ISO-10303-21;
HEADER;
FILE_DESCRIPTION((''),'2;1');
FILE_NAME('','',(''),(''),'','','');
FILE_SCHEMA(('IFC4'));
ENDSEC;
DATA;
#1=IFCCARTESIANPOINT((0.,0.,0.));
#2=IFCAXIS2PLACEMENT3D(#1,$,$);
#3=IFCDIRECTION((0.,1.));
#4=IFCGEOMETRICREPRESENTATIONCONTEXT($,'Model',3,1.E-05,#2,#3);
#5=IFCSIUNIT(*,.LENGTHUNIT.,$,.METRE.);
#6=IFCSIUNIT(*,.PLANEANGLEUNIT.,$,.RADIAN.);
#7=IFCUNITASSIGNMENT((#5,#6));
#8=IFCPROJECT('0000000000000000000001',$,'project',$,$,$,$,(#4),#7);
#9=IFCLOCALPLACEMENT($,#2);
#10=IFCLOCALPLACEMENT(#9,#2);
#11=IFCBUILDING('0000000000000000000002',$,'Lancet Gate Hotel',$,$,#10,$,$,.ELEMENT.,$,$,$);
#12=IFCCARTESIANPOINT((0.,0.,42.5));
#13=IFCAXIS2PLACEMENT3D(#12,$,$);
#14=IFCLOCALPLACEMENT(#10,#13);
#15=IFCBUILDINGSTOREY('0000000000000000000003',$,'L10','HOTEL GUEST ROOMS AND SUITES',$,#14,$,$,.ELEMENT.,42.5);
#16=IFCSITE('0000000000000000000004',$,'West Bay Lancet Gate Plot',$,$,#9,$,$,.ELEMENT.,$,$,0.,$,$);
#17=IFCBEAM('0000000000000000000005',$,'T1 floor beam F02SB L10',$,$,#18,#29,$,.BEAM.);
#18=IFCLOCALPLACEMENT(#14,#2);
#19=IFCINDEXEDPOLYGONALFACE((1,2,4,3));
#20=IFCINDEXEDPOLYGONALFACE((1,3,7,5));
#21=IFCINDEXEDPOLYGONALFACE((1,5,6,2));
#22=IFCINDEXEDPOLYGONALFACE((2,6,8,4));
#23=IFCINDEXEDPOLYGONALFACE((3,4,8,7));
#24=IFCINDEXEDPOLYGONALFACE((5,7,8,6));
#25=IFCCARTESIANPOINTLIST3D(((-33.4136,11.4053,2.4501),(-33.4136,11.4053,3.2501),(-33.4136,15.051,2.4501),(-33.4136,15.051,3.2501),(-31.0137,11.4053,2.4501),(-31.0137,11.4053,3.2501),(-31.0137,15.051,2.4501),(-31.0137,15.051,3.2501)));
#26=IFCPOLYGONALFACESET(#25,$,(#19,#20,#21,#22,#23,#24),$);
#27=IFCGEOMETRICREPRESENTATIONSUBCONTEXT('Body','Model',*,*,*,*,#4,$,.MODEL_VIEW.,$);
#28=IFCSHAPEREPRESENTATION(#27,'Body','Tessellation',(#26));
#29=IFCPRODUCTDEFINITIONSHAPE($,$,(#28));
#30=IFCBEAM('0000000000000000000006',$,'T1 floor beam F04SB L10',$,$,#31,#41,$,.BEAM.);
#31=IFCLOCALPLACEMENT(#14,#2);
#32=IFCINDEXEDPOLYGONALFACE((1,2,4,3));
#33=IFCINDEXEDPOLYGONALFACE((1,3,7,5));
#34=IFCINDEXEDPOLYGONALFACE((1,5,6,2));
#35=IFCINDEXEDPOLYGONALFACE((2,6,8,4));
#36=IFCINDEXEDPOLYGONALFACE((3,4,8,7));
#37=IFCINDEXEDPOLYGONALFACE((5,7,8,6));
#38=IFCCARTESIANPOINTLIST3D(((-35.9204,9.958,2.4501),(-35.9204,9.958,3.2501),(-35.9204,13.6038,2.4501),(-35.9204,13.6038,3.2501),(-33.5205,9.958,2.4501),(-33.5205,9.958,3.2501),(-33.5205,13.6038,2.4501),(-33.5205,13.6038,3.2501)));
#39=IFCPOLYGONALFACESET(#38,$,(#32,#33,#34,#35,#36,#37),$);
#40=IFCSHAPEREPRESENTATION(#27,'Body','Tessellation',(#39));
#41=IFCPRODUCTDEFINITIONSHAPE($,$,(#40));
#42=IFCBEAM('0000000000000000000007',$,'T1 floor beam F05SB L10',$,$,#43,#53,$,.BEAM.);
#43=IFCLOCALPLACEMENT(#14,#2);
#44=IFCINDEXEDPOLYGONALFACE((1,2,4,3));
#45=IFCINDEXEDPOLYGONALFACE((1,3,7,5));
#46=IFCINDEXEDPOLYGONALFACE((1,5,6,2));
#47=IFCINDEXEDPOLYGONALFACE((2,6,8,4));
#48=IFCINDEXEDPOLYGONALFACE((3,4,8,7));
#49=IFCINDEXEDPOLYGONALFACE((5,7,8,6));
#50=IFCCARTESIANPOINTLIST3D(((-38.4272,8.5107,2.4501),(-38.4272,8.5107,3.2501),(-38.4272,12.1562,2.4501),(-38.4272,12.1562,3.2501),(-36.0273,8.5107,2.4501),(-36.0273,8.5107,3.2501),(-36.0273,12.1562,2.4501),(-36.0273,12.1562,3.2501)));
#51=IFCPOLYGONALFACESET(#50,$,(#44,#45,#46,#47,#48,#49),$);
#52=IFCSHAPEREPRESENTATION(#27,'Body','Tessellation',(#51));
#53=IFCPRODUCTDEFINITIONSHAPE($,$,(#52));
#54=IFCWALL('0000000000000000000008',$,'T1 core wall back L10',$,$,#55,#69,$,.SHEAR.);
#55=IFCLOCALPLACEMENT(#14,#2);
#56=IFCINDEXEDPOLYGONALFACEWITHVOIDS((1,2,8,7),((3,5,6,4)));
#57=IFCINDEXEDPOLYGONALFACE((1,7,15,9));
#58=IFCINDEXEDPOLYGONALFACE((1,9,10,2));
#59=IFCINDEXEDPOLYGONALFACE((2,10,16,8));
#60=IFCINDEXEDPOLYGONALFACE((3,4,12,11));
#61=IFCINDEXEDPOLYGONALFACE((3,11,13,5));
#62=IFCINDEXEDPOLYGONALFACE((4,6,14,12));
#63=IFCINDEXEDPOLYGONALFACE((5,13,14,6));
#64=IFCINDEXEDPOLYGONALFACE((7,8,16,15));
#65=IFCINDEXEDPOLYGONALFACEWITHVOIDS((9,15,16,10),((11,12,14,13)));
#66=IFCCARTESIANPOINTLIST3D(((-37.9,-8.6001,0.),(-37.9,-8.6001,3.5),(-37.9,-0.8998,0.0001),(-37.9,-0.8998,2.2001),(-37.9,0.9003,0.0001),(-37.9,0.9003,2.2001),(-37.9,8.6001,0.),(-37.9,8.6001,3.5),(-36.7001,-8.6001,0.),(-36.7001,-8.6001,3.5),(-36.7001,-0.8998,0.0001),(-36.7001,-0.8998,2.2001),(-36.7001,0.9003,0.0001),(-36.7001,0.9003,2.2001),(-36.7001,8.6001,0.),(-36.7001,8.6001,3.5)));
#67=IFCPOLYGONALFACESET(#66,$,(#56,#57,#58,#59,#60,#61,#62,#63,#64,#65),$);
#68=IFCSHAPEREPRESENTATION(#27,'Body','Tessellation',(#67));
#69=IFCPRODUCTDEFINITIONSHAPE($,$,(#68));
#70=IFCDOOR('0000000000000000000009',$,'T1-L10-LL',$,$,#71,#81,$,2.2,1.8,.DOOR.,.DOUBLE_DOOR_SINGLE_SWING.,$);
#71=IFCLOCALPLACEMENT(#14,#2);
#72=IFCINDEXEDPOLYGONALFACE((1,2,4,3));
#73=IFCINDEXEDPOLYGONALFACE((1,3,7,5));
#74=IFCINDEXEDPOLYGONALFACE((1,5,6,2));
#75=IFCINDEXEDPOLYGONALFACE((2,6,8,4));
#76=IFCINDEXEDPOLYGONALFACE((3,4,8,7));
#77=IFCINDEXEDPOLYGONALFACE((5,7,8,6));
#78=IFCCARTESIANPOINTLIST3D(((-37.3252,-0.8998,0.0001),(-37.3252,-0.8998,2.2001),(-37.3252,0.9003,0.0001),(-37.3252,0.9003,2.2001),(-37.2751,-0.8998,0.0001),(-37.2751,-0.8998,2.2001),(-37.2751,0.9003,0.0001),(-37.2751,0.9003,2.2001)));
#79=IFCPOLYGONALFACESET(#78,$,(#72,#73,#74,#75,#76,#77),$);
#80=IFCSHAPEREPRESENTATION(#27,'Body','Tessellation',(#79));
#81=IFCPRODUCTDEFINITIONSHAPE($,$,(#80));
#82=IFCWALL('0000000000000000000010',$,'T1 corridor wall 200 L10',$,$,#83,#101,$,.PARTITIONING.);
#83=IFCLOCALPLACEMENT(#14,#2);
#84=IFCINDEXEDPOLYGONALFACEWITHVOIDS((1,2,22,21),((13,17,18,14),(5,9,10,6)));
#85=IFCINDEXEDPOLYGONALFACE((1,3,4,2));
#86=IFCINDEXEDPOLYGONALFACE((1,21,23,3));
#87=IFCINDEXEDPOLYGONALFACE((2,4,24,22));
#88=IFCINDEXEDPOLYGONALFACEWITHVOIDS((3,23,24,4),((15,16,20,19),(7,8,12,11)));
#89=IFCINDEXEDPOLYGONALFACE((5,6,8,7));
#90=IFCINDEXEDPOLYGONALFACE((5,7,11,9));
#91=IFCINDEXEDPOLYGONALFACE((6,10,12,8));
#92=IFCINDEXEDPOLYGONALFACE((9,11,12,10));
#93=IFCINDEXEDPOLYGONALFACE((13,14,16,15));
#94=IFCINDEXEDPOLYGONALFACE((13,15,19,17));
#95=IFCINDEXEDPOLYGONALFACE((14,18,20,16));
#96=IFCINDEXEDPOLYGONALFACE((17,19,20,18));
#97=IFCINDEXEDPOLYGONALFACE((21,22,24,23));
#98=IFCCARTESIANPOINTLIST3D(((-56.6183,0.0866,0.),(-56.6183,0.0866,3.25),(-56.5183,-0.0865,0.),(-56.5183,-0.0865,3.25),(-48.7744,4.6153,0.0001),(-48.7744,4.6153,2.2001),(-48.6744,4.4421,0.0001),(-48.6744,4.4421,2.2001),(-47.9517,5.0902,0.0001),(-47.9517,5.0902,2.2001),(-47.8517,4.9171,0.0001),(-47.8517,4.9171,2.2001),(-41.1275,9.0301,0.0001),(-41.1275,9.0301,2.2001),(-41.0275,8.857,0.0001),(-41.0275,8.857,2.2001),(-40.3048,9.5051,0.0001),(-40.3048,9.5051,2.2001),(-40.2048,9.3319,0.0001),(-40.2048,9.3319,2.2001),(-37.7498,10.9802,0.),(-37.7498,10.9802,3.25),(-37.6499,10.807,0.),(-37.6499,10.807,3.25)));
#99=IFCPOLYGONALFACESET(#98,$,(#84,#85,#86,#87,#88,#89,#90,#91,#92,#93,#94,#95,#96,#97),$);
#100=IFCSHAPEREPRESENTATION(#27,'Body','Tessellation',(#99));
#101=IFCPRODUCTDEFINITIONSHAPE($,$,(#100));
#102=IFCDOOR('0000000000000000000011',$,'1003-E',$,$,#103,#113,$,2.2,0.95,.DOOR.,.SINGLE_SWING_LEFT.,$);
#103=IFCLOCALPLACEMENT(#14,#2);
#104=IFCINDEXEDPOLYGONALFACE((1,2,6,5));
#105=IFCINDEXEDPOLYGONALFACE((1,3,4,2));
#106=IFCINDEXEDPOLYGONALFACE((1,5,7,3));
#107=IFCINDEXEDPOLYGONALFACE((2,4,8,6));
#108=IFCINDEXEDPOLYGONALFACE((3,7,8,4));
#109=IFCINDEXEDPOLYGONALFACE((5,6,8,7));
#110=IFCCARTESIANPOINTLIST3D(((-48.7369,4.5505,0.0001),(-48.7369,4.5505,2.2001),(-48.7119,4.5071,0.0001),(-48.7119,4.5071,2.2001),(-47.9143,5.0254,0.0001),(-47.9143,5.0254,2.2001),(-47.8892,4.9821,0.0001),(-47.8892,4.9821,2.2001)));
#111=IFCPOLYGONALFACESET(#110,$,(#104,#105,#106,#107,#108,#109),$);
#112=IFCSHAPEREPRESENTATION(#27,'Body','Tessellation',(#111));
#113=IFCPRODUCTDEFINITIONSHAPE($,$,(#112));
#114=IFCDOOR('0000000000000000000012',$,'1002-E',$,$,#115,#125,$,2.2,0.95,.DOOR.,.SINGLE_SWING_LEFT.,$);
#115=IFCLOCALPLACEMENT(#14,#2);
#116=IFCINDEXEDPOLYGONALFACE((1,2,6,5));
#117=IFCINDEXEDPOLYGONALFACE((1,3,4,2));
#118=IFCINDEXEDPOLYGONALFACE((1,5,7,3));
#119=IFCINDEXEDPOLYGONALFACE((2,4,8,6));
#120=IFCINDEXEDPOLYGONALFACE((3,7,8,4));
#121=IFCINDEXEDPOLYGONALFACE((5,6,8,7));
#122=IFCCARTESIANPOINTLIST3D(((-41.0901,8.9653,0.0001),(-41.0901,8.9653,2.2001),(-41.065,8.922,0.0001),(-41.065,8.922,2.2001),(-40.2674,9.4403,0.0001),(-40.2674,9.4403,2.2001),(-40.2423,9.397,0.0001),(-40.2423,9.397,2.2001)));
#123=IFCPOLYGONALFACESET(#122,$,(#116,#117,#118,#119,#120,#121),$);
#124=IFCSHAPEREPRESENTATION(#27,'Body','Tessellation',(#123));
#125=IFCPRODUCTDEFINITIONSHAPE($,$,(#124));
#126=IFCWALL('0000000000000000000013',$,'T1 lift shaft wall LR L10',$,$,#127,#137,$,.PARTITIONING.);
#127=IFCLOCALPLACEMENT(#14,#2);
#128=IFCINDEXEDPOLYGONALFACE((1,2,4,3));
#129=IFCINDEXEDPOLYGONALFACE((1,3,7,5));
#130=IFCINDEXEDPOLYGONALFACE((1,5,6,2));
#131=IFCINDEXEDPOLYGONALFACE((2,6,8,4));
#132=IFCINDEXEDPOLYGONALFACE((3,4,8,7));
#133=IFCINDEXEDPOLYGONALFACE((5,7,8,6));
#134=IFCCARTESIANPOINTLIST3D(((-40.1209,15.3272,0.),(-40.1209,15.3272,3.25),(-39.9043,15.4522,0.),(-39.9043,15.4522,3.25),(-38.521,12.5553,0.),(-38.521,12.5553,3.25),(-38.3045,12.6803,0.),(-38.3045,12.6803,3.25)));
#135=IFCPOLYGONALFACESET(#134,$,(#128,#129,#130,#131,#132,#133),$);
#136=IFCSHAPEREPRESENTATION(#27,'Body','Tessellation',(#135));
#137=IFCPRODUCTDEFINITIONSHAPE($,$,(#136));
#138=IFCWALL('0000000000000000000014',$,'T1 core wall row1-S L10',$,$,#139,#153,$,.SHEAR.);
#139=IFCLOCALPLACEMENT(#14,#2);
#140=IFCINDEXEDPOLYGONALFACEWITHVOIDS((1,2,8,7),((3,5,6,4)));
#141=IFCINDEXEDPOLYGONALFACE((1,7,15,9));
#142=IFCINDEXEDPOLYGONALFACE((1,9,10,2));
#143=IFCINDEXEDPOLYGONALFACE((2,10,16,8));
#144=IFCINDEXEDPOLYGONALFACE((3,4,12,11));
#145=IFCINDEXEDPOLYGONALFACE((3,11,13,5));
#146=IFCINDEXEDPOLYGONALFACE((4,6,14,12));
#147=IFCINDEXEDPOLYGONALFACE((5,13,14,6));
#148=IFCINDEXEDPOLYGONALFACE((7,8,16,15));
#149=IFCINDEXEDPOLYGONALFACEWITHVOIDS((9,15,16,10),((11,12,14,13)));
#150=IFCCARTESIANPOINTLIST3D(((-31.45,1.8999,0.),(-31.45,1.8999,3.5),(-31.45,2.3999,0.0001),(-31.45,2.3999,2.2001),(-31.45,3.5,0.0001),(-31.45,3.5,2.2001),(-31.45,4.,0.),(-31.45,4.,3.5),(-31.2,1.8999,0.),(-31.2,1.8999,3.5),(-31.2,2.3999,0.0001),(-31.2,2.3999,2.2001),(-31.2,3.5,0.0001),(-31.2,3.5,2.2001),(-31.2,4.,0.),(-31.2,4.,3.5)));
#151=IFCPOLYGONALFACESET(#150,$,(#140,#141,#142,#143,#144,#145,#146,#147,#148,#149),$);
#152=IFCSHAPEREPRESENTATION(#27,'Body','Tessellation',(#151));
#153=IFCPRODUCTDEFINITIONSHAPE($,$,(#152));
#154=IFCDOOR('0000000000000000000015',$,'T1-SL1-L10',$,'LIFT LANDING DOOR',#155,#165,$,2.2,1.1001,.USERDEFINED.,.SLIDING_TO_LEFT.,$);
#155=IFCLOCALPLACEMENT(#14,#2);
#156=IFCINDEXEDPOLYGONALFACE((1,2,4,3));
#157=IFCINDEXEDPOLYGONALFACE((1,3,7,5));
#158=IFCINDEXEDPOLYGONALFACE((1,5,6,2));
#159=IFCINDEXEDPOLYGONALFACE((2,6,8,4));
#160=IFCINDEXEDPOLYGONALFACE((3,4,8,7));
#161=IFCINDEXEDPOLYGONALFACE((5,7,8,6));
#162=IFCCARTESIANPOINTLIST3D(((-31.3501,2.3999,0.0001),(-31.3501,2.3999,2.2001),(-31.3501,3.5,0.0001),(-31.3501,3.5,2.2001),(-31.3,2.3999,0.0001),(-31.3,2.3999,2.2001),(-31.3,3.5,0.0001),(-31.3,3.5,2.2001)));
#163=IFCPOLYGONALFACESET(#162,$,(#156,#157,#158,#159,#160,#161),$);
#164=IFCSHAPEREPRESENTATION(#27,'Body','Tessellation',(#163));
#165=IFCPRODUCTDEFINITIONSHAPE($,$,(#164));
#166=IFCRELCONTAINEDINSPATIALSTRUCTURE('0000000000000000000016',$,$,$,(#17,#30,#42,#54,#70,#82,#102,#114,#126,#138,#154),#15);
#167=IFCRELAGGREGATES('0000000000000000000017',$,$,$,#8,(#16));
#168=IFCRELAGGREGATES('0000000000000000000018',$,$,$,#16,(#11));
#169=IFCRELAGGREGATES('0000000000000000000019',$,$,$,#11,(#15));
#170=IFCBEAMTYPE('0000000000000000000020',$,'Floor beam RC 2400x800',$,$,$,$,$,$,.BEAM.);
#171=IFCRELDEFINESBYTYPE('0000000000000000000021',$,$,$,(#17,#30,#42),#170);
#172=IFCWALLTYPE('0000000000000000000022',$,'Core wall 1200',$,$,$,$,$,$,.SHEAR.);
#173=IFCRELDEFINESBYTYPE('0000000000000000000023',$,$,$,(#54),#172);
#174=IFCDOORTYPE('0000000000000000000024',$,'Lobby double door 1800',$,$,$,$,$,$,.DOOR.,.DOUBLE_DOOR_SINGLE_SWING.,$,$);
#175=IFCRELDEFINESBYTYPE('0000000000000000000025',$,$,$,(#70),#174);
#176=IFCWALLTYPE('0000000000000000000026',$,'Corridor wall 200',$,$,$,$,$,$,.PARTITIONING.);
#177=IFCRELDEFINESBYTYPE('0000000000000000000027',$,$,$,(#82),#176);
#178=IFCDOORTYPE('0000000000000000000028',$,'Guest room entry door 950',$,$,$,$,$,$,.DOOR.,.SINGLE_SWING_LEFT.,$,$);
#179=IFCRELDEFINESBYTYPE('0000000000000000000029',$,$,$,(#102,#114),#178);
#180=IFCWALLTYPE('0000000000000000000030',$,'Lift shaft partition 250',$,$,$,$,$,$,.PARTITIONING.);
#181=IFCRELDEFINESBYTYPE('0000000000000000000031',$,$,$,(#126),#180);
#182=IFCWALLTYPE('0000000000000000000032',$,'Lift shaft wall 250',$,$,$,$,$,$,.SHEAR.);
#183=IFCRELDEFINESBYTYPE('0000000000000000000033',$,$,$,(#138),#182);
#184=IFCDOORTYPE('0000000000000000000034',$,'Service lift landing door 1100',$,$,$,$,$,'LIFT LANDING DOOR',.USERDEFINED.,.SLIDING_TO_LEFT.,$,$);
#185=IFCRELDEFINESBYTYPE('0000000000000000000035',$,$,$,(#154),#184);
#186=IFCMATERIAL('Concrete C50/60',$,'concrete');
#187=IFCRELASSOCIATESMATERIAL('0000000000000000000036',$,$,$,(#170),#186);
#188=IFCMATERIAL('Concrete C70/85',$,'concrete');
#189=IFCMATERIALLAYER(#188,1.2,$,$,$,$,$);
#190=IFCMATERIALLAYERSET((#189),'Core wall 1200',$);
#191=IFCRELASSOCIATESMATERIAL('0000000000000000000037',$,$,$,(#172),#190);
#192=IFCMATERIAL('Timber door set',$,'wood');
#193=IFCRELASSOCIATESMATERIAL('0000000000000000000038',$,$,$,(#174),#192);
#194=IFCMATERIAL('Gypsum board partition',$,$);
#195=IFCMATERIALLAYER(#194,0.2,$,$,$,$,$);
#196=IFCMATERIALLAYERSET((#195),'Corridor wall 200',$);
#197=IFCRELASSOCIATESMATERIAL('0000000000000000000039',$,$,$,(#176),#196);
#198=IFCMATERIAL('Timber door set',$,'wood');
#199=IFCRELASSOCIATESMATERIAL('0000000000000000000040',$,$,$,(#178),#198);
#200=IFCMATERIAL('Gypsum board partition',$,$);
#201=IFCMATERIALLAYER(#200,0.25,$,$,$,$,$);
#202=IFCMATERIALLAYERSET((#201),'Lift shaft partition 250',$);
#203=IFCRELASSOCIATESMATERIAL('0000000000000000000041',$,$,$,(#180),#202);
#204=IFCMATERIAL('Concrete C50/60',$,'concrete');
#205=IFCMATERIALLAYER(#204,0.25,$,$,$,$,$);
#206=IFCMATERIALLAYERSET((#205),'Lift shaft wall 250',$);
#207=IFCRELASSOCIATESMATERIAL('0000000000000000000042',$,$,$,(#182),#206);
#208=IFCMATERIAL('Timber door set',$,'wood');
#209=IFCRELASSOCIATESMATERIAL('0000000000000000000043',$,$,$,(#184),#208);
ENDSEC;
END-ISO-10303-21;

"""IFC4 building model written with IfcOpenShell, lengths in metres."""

from ifc_helpers import new_model, si_unit, direction, frame, frame_2d, origin, origin_2d, place, context, subcontext, project, spatial, rectangle, extrude, material, layer, layer_set, material_profile, profile_set, type_object, element, fill, save


model = new_model("IFC4")

# Units and contexts
model_context = context("Model", 3, precision=1e-05, world=origin(), true_north=direction((0.0, 1.0)))
body_context = subcontext(model_context, "Body", "Model", "MODEL_VIEW")
ifc_project = project(units=[si_unit("LENGTHUNIT", "METRE"), si_unit("PLANEANGLEUNIT", "RADIAN")], contexts=[model_context])

# Site, building, storey
site_placement = place(None, origin())
site = spatial("IfcSite", under=ifc_project, at=site_placement, Name="West Bay Lancet Gate Plot", CompositionType="ELEMENT", RefElevation=0.0)
building_placement = place(site_placement, origin())
building = spatial("IfcBuilding", under=site, at=building_placement, Name="Lancet Gate Hotel", CompositionType="ELEMENT")
storey_placement = place(building_placement, frame((0.0, 0.0, 42.5)))
storey = spatial("IfcBuildingStorey", under=building, at=storey_placement, Name="L10", Description="HOTEL GUEST ROOMS AND SUITES", CompositionType="ELEMENT", Elevation=42.5)

# Beams
ifc_material_1 = material(Name="Concrete C50/60", Category="concrete")
ifc_material_profile = material_profile(ifc_material_1, rectangle(XDim=2.3999, YDim=0.8, at=origin_2d()), Name="RC 2400x800")
ifc_profile_set = profile_set([ifc_material_profile], Name="Concrete C50/60")
beam_type = type_object("IfcBeamType", Name="Floor beam RC 2400x800", PredefinedType="BEAM", material=ifc_profile_set)
for number, where, z_axis, x_axis, name in (
    (1, (-32.2136, 15.051, 2.8501), (0.0, -1.0, 0.0), (1.0, 0.0, 0.0), "T1 floor beam F02SB L10"),
    (2, (-34.7205, 13.6038, 2.8501), (0.0, -1.0, 0.0), (1.0, 0.0, 0.0), "T1 floor beam F04SB L10"),
):
    element("IfcBeam", number, at=place(storey_placement, frame(where, z_axis=z_axis, x_axis=x_axis)), inside=storey, type_object=beam_type, Name=name, PredefinedType="BEAM", context=body_context, shape_type="SweptSolid", body=[
        extrude(rectangle(XDim=2.3999, YDim=0.8, at=origin_2d()), origin(), (0.0, 0.0, 1.0), 3.6458),
    ])
beam_placement = place(storey_placement, frame((-37.2273, 12.1562, 2.8501), z_axis=(0.0, -1.0, 0.0), x_axis=(1.0, 0.0, 0.0)))
element("IfcBeam", 3, at=beam_placement, inside=storey, type_object=beam_type, Name="T1 floor beam F05SB L10", PredefinedType="BEAM", context=body_context, shape_type="SweptSolid", body=[
    extrude(rectangle(XDim=2.3999, YDim=0.8, at=origin_2d()), origin(), (0.0, 0.0, 1.0), 3.6455),
])

# Wall, opening, door
ifc_material_2 = material(Name="Concrete C70/85", Category="concrete")
ifc_layer_1 = layer(ifc_material_2, 1.2)
ifc_layer_set_1 = layer_set([ifc_layer_1], Name="Core wall 1200")
wall_type_1 = type_object("IfcWallType", Name="Core wall 1200", PredefinedType="SHEAR", material=ifc_layer_set_1)
wall_1_placement = place(storey_placement, frame((-37.3, 8.6001, 0.0), z_axis=(0.0, 0.0, 1.0), x_axis=(0.0, -1.0, 0.0)))
wall_1 = element("IfcWall", 4, at=wall_1_placement, inside=storey, type_object=wall_type_1, Name="T1 core wall back L10", PredefinedType="SHEAR", context=body_context, shape_type="SweptSolid", body=[
    extrude(rectangle(XDim=17.2002, YDim=1.2, at=frame_2d((8.6001, 0.0))), origin(), (0.0, 0.0, 1.0), 3.5),
])
opening_1_placement = place(wall_1_placement, frame((7.7, 0.0, 0.0)))
opening_1 = element("IfcOpeningElement", 5, at=opening_1_placement, cuts=wall_1, PredefinedType="OPENING", context=body_context, shape_type="SweptSolid", body=[
    extrude(rectangle(XDim=1.8, YDim=2.2, at=frame_2d((0.8999, 1.1001))), frame((0.0, 0.6099, 0.0), z_axis=(0.0, -1.0, 0.0), x_axis=(1.0, 0.0, 0.0)), (0.0, 0.0, 1.0), 1.22),
])
ifc_material_3 = material(Name="Timber door set", Category="wood")
door_type_1 = type_object("IfcDoorType", Name="Lobby double door 1800", OperationType="DOUBLE_DOOR_SINGLE_SWING", PredefinedType="DOOR", material=ifc_material_3)
door_1_placement = place(opening_1_placement, origin())
door_1 = element("IfcDoor", 6, at=door_1_placement, inside=storey, type_object=door_type_1, Name="T1-L10-LL", OperationType="DOUBLE_DOOR_SINGLE_SWING", OverallHeight=2.2, OverallWidth=1.8, PredefinedType="DOOR", context=body_context, shape_type="SweptSolid", body=[
    extrude(rectangle(XDim=1.8, YDim=2.2, at=frame_2d((0.8999, 1.1001))), frame((0.0, 0.0249, 0.0), z_axis=(0.0, -1.0, 0.0), x_axis=(1.0, 0.0, 0.0)), (0.0, 0.0, 1.0), 0.05),
])
fill(opening_1, door_1)

# Wall, openings, doors
ifc_material_4 = material(Name="Gypsum board partition")
ifc_layer_2 = layer(ifc_material_4, 0.2)
ifc_layer_set_2 = layer_set([ifc_layer_2], Name="Corridor wall 200")
wall_type_2 = type_object("IfcWallType", Name="Corridor wall 200", PredefinedType="PARTITIONING", material=ifc_layer_set_2)
wall_2_placement = place(storey_placement, frame((-37.7, 10.8936, 0.0), z_axis=(0.0, 0.0, 1.0), x_axis=(-0.866028, -0.499996, 0.0)))
wall_2 = element("IfcWall", 7, at=wall_2_placement, inside=storey, type_object=wall_type_2, Name="T1 corridor wall 200 L10", PredefinedType="PARTITIONING", context=body_context, shape_type="SweptSolid", body=[
    extrude(rectangle(XDim=21.7874, YDim=0.2, at=frame_2d((10.8936, 0.0))), origin(), (0.0, 0.0, 1.0), 3.25),
])
opening_2_placement = place(wall_2_placement, frame((11.7798, 0.0, 0.0)))
opening_2 = element("IfcOpeningElement", 8, at=opening_2_placement, cuts=wall_2, PredefinedType="OPENING", context=body_context, shape_type="SweptSolid", body=[
    extrude(rectangle(XDim=0.95, YDim=2.2, at=frame_2d((0.4751, 1.1001))), frame((0.0, 0.1099, 0.0), z_axis=(0.0, -1.0, 0.0), x_axis=(1.0, 0.0, 0.0)), (0.0, 0.0, 1.0), 0.22),
])
opening_3_placement = place(wall_2_placement, frame((2.95, 0.0, 0.0)))
opening_3 = element("IfcOpeningElement", 9, at=opening_3_placement, cuts=wall_2, PredefinedType="OPENING", context=body_context, shape_type="SweptSolid", body=[
    extrude(rectangle(XDim=0.95, YDim=2.2, at=frame_2d((0.4751, 1.1001))), frame((0.0, 0.1099, 0.0), z_axis=(0.0, -1.0, 0.0), x_axis=(1.0, 0.0, 0.0)), (0.0, 0.0, 1.0), 0.22),
])
ifc_material_5 = material(Name="Timber door set", Category="wood")
door_type_2 = type_object("IfcDoorType", Name="Guest room entry door 950", OperationType="SINGLE_SWING_LEFT", PredefinedType="DOOR", material=ifc_material_5)
door_2_placement = place(opening_2_placement, origin())
door_2 = element("IfcDoor", 10, at=door_2_placement, inside=storey, type_object=door_type_2, Name="1003-E", OperationType="SINGLE_SWING_LEFT", OverallHeight=2.2, OverallWidth=0.95, PredefinedType="DOOR", context=body_context, shape_type="SweptSolid", body=[
    extrude(rectangle(XDim=0.95, YDim=2.2, at=frame_2d((0.4751, 1.1001))), frame((0.0, 0.0249, 0.0), z_axis=(0.0, -1.0, 0.0), x_axis=(1.0, 0.0, 0.0)), (0.0, 0.0, 1.0), 0.05),
])
fill(opening_2, door_2)
door_3_placement = place(opening_3_placement, origin())
door_3 = element("IfcDoor", 11, at=door_3_placement, inside=storey, type_object=door_type_2, Name="1002-E", OperationType="SINGLE_SWING_LEFT", OverallHeight=2.2, OverallWidth=0.95, PredefinedType="DOOR", context=body_context, shape_type="SweptSolid", body=[
    extrude(rectangle(XDim=0.95, YDim=2.2, at=frame_2d((0.4751, 1.1001))), frame((0.0, 0.0249, 0.0), z_axis=(0.0, -1.0, 0.0), x_axis=(1.0, 0.0, 0.0)), (0.0, 0.0, 1.0), 0.05),
])
fill(opening_3, door_3)

# Wall
ifc_material_6 = material(Name="Gypsum board partition")
ifc_layer_3 = layer(ifc_material_6, 0.25)
ifc_layer_set_3 = layer_set([ifc_layer_3], Name="Lift shaft partition 250")
wall_type_3 = type_object("IfcWallType", Name="Lift shaft partition 250", PredefinedType="PARTITIONING", material=ifc_layer_set_3)
wall_3_placement = place(storey_placement, frame((-38.4128, 12.6179, 0.0), z_axis=(0.0, 0.0, 1.0), x_axis=(-0.499872, 0.866099, 0.0)))
element("IfcWall", 12, at=wall_3_placement, inside=storey, type_object=wall_type_3, Name="T1 lift shaft wall LR L10", PredefinedType="PARTITIONING", context=body_context, shape_type="SweptSolid", body=[
    extrude(rectangle(XDim=3.2004, YDim=0.25, at=frame_2d((1.6001, 0.0))), origin(), (0.0, 0.0, 1.0), 3.25),
])

# Wall, opening, door
ifc_material_7 = material(Name="Concrete C50/60", Category="concrete")
ifc_layer_4 = layer(ifc_material_7, 0.25)
ifc_layer_set_4 = layer_set([ifc_layer_4], Name="Lift shaft wall 250")
wall_type_4 = type_object("IfcWallType", Name="Lift shaft wall 250", PredefinedType="SHEAR", material=ifc_layer_set_4)
wall_4_placement = place(storey_placement, frame((-31.325, 4.0, 0.0), z_axis=(0.0, 0.0, 1.0), x_axis=(0.0, -1.0, 0.0)))
wall_4 = element("IfcWall", 13, at=wall_4_placement, inside=storey, type_object=wall_type_4, Name="T1 core wall row1-S L10", PredefinedType="SHEAR", context=body_context, shape_type="SweptSolid", body=[
    extrude(rectangle(XDim=2.1001, YDim=0.25, at=frame_2d((1.05, 0.0))), origin(), (0.0, 0.0, 1.0), 3.5),
])
opening_4_placement = place(wall_4_placement, frame((0.5, 0.0, 0.0)))
opening_4 = element("IfcOpeningElement", 14, at=opening_4_placement, cuts=wall_4, PredefinedType="OPENING", context=body_context, shape_type="SweptSolid", body=[
    extrude(rectangle(XDim=1.1001, YDim=2.2, at=frame_2d((0.55, 1.1001))), frame((0.0, 0.135, 0.0), z_axis=(0.0, -1.0, 0.0), x_axis=(1.0, 0.0, 0.0)), (0.0, 0.0, 1.0), 0.27),
])
ifc_material_8 = material(Name="Timber door set", Category="wood")
door_type_3 = type_object("IfcDoorType", Name="Service lift landing door 1100", ElementType="LIFT LANDING DOOR", OperationType="SLIDING_TO_LEFT", PredefinedType="USERDEFINED", material=ifc_material_8)
door_4_placement = place(opening_4_placement, origin())
door_4 = element("IfcDoor", 15, at=door_4_placement, inside=storey, type_object=door_type_3, Name="T1-SL1-L10", ObjectType="LIFT LANDING DOOR", OperationType="SLIDING_TO_LEFT", OverallHeight=2.2, OverallWidth=1.1001, PredefinedType="USERDEFINED", context=body_context, shape_type="SweptSolid", body=[
    extrude(rectangle(XDim=1.1001, YDim=2.2, at=frame_2d((0.55, 1.1001))), frame((0.0, 0.0249, 0.0), z_axis=(0.0, -1.0, 0.0), x_axis=(1.0, 0.0, 0.0)), (0.0, 0.0, 1.0), 0.05),
])
fill(opening_4, door_4)

save(model, "model.ifc")
